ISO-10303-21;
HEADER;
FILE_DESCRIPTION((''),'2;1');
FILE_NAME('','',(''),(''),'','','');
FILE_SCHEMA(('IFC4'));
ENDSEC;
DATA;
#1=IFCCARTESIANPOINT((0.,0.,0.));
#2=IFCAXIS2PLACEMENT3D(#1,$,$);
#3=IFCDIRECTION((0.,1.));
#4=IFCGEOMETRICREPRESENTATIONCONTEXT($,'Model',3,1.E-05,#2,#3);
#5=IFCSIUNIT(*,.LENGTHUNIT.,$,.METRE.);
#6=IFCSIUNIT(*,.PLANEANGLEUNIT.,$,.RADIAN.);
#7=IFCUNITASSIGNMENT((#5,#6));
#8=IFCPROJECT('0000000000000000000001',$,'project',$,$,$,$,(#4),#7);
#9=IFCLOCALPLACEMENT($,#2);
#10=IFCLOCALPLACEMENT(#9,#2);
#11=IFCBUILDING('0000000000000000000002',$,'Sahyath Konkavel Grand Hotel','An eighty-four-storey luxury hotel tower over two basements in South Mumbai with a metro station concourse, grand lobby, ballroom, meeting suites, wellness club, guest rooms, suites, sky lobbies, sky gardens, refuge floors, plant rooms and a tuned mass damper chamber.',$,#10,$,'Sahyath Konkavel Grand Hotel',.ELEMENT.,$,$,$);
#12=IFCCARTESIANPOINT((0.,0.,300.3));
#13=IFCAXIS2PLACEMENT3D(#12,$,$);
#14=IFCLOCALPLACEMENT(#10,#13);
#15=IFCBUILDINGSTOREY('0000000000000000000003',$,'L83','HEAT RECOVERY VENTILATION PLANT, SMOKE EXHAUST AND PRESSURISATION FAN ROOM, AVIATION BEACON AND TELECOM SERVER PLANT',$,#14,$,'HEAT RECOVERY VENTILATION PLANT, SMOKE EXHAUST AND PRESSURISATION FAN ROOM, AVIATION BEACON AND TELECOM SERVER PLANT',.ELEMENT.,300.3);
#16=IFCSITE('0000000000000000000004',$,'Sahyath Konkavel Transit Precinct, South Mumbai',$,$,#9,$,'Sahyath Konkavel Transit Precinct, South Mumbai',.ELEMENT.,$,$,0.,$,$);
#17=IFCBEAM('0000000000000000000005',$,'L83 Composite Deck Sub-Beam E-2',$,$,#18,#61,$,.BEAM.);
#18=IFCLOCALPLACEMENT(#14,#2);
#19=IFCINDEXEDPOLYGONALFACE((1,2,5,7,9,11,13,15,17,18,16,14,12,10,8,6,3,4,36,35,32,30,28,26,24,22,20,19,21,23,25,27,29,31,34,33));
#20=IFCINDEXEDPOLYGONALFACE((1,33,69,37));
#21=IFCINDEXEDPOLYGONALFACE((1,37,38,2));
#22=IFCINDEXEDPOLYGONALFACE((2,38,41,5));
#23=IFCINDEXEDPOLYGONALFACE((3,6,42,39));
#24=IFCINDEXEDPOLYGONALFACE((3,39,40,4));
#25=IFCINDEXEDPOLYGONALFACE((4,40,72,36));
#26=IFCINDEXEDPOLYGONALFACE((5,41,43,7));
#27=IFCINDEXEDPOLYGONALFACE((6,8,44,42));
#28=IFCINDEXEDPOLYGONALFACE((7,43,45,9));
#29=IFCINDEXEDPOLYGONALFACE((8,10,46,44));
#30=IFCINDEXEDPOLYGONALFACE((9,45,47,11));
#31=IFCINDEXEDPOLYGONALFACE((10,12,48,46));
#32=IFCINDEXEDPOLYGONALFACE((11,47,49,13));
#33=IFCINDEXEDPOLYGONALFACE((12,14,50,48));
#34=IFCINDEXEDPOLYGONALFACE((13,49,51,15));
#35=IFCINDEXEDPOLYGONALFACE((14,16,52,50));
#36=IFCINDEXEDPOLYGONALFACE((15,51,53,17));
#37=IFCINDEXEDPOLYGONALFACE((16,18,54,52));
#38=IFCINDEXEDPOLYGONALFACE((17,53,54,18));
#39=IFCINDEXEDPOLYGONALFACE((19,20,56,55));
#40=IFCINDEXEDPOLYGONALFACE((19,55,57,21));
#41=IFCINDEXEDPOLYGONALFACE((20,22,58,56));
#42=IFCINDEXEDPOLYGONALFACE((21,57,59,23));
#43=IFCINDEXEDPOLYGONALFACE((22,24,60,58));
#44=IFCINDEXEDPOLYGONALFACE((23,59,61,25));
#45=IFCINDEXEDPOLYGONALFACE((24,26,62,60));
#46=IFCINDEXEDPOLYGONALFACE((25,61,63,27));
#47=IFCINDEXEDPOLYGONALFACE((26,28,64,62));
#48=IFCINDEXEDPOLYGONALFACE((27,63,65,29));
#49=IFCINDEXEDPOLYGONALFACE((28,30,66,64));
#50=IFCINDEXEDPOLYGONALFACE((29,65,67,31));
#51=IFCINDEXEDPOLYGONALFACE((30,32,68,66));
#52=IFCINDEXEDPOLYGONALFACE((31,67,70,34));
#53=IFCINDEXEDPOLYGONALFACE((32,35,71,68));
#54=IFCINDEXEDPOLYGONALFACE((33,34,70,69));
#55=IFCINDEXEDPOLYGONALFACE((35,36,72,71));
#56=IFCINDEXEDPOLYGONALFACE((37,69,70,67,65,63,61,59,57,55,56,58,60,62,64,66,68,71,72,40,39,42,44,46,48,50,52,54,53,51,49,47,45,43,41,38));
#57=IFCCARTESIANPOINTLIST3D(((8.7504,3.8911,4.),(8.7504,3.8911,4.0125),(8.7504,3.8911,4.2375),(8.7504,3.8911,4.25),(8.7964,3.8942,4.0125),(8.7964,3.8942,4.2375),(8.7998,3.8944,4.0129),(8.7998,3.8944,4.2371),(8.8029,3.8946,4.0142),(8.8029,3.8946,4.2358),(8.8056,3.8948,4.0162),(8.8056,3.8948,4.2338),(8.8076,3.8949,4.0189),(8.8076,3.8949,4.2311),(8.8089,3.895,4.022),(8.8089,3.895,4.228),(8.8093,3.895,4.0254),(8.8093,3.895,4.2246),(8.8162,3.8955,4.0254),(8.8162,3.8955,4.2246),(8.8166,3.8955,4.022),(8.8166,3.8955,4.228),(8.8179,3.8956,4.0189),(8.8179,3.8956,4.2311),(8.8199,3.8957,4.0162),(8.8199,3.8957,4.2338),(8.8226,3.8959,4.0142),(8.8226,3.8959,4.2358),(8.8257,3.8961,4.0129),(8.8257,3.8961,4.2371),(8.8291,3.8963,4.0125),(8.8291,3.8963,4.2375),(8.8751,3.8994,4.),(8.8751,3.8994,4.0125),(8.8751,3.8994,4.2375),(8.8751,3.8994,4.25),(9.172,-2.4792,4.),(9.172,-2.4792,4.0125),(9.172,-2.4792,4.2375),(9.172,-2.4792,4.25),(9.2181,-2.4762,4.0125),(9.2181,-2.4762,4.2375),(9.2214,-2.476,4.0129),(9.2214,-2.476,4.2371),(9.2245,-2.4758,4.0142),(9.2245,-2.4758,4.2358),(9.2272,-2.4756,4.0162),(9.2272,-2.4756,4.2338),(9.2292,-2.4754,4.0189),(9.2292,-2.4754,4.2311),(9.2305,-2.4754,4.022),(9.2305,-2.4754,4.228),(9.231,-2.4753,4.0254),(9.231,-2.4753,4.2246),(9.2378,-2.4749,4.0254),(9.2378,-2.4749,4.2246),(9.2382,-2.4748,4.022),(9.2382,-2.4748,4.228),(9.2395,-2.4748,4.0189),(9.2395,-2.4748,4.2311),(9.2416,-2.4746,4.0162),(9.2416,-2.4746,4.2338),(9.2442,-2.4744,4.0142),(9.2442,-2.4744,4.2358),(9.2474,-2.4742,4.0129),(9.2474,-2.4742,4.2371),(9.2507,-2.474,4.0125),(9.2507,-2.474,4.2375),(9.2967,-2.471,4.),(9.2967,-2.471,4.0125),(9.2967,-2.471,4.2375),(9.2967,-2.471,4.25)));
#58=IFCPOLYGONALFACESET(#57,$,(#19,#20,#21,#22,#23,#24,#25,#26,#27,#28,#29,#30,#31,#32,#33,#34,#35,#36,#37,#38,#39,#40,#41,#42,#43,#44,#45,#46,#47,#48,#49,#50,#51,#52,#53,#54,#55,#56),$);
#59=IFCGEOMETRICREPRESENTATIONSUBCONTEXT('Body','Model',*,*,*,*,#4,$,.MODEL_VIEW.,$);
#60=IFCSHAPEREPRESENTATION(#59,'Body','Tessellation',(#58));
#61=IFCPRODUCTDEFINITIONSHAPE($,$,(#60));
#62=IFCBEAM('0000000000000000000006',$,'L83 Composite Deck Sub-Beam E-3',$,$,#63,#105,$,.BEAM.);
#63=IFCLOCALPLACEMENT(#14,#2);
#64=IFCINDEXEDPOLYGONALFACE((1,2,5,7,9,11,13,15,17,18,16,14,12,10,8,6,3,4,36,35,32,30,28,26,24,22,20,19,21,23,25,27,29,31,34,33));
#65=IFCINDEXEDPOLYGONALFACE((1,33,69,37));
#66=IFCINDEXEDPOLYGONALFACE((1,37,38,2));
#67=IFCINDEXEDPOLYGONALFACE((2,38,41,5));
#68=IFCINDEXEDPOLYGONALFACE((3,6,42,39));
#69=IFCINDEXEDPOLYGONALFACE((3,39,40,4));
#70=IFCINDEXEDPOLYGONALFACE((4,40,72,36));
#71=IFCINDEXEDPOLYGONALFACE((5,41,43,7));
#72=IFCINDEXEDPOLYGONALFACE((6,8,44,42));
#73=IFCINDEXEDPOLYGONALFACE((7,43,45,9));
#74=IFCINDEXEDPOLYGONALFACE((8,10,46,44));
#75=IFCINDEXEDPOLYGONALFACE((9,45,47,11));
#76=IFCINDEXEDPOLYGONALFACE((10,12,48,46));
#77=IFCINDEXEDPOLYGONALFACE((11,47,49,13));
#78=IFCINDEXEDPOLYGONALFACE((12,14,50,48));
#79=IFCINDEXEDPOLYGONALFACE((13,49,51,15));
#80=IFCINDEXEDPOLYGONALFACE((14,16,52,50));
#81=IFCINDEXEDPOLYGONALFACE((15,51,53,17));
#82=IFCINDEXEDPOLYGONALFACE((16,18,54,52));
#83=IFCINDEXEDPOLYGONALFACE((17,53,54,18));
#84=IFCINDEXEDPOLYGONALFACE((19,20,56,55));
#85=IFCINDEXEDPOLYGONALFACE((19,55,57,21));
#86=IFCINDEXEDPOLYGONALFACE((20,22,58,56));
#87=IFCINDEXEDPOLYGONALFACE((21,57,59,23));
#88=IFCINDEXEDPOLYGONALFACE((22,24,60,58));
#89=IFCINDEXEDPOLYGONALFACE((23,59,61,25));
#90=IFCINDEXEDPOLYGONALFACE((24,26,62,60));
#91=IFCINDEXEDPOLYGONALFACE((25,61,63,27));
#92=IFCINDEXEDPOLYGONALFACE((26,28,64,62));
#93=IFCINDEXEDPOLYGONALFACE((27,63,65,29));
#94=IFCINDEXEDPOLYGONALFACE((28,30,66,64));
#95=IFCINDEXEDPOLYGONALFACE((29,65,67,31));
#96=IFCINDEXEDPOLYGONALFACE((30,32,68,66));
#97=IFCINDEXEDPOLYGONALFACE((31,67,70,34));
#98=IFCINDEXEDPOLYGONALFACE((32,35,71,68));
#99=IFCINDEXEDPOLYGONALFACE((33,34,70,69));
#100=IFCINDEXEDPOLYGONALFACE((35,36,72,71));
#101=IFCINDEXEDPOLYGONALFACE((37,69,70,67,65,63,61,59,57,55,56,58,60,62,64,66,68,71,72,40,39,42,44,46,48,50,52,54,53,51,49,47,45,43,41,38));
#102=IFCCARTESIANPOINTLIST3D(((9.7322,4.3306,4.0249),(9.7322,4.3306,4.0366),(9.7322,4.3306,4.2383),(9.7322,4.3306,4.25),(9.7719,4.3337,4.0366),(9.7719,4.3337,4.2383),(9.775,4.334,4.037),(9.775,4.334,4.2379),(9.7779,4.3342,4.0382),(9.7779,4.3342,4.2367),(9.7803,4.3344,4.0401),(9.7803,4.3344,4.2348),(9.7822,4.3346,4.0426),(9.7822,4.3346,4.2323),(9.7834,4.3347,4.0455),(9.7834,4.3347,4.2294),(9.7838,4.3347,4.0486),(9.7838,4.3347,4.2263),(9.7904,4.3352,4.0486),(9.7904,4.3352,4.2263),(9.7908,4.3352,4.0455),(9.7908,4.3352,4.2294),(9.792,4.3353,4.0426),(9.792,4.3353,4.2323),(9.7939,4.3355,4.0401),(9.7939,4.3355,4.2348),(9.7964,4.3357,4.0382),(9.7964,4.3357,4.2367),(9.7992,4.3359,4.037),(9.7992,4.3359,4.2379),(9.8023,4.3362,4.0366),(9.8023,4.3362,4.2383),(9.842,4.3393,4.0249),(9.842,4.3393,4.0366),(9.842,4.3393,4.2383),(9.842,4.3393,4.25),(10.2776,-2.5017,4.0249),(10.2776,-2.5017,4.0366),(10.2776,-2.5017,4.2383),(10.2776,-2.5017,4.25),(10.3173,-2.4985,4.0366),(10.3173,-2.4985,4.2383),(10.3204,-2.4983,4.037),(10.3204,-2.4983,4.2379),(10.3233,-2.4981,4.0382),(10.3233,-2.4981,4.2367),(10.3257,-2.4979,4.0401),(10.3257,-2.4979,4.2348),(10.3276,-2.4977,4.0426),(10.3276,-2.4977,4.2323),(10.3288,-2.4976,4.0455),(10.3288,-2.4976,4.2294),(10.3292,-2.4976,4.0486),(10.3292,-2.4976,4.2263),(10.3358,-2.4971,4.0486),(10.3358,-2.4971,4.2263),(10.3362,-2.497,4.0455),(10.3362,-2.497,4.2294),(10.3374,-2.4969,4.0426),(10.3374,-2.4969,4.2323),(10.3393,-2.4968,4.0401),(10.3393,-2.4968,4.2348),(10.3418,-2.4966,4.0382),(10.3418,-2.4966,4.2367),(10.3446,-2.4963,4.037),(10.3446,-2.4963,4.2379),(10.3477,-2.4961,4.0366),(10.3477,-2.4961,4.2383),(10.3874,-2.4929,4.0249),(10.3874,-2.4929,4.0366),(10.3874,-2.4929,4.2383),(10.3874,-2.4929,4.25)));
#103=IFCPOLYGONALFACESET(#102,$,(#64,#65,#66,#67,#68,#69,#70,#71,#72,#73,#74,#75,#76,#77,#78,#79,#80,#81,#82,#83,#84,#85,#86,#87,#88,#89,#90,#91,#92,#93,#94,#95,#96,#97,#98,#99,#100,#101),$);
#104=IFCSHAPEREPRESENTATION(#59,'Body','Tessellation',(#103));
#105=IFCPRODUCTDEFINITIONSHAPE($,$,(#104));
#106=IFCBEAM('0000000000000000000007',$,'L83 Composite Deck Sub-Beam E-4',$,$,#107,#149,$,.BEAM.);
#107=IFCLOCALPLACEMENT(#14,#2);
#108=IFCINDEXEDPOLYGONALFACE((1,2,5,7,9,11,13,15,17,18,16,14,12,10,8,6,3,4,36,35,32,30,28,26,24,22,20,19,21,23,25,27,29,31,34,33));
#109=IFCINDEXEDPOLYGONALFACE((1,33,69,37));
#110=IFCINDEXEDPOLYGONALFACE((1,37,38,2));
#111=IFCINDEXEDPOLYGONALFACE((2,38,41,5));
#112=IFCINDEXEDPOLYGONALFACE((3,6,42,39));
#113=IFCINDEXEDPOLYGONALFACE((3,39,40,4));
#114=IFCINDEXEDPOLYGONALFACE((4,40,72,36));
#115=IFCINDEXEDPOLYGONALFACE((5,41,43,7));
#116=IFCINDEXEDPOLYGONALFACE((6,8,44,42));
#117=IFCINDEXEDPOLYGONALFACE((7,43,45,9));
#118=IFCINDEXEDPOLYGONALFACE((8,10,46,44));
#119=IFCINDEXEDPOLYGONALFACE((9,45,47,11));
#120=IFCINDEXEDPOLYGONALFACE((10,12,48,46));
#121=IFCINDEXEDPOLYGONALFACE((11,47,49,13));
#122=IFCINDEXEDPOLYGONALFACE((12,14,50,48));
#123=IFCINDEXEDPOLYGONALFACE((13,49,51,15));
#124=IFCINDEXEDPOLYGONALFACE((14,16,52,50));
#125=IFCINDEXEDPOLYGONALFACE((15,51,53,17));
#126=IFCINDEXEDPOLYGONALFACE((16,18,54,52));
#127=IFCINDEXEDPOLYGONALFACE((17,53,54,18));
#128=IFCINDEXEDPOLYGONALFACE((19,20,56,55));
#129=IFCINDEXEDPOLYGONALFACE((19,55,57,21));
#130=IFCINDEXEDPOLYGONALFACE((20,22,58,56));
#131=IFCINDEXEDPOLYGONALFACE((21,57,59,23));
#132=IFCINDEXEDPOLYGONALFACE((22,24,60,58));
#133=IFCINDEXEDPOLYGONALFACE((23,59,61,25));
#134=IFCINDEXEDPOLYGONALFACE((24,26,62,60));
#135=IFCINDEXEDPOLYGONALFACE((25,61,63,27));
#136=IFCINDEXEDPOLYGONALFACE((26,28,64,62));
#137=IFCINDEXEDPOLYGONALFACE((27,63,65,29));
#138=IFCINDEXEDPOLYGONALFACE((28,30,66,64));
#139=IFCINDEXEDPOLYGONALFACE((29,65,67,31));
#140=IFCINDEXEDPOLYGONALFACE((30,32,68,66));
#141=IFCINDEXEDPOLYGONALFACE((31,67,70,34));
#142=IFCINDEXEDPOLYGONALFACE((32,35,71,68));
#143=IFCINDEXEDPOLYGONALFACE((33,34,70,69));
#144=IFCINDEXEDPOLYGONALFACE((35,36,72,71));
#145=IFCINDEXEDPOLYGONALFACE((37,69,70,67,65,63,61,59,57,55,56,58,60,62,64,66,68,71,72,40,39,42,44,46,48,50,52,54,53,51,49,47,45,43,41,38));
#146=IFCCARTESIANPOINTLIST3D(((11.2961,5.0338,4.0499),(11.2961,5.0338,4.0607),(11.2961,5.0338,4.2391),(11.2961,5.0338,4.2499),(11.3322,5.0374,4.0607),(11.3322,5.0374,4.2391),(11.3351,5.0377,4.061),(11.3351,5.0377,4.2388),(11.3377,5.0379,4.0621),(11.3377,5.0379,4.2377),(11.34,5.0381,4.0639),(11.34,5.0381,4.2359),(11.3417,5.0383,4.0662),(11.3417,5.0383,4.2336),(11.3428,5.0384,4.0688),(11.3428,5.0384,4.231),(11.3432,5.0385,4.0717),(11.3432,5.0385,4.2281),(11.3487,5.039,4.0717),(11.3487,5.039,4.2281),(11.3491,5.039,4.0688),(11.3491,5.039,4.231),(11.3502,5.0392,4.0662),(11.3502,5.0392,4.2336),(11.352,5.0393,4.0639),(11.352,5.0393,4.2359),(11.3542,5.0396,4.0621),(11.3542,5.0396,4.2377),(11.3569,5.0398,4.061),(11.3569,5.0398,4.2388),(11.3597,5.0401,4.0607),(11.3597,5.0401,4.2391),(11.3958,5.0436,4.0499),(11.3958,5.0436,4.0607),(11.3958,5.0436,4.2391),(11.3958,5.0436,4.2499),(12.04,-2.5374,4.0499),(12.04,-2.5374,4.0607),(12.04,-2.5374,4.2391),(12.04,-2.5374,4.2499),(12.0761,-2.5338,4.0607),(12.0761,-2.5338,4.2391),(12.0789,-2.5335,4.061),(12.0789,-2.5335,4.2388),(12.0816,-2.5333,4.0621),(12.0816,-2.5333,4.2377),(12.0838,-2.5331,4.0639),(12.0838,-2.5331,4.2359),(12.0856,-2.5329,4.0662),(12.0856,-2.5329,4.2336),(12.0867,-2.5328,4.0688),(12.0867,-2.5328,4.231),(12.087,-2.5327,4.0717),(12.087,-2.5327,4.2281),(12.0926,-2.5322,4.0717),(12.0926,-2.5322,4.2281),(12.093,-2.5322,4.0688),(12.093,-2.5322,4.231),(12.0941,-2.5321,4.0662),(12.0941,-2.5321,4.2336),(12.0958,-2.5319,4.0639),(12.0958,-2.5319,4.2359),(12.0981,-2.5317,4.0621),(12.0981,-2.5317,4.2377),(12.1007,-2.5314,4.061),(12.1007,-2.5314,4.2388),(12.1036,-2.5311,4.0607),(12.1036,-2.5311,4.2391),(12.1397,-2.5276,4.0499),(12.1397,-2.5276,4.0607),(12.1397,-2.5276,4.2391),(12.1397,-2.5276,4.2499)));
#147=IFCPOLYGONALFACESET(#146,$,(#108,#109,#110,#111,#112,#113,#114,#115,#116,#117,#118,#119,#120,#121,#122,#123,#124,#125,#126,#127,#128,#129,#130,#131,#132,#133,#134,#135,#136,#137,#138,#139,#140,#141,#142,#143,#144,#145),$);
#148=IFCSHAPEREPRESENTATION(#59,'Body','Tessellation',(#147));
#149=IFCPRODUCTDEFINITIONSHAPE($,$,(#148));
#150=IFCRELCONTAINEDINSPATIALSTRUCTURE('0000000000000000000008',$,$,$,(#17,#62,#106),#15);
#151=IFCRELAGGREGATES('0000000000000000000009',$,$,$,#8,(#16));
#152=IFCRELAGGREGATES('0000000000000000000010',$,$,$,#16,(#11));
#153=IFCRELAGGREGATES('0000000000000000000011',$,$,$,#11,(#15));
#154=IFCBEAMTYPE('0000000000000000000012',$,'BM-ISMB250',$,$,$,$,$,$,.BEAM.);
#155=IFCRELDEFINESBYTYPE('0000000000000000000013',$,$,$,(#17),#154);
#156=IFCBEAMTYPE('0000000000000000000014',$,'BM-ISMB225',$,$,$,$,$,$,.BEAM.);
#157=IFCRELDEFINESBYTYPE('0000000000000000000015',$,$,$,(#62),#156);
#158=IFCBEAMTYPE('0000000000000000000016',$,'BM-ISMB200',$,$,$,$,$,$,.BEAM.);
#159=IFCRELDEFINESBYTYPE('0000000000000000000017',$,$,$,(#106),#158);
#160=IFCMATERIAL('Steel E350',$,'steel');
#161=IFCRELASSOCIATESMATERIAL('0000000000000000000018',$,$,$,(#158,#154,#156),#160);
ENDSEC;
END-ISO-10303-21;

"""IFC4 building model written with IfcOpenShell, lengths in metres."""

from ifc_helpers import new_model, si_unit, direction, frame, origin, origin_2d, place, context, subcontext, project, spatial, i_section, extrude, source, transform, mapped, material, material_profile, profile_set, type_object, element, save


model = new_model("IFC4")

# Units and contexts
model_context = context("Model", 3, precision=1e-05, world=origin(), true_north=direction((0.0, 1.0)))
body_context = subcontext(model_context, "Body", "Model", "MODEL_VIEW")
ifc_project = project(units=[si_unit("LENGTHUNIT", "METRE"), si_unit("PLANEANGLEUNIT", "RADIAN")], contexts=[model_context])

# Site, building, storey
site_placement = place(None, origin())
site = spatial("IfcSite", under=ifc_project, at=site_placement, Name="Sahyath Konkavel Transit Precinct, South Mumbai", LongName="Sahyath Konkavel Transit Precinct, South Mumbai", CompositionType="ELEMENT", RefElevation=0.0)
building_placement = place(site_placement, origin())
building = spatial("IfcBuilding", under=site, at=building_placement, Name="Sahyath Konkavel Grand Hotel", Description="An eighty-four-storey luxury hotel tower over two basements in South Mumbai with a metro station concourse, grand lobby, ballroom, meeting suites, wellness club, guest rooms, suites, sky lobbies, sky gardens, refuge floors, plant rooms and a tuned mass damper chamber.", LongName="Sahyath Konkavel Grand Hotel", CompositionType="ELEMENT")
storey_placement = place(building_placement, frame((0.0, 0.0, 300.3)))
storey = spatial("IfcBuildingStorey", under=building, at=storey_placement, Name="L83", Description="HEAT RECOVERY VENTILATION PLANT, SMOKE EXHAUST AND PRESSURISATION FAN ROOM, AVIATION BEACON AND TELECOM SERVER PLANT", LongName="HEAT RECOVERY VENTILATION PLANT, SMOKE EXHAUST AND PRESSURISATION FAN ROOM, AVIATION BEACON AND TELECOM SERVER PLANT", CompositionType="ELEMENT", Elevation=300.3)

# Shared definitions
ifc_material_1 = material(Name="Steel E350", Category="steel")

# Beams
ifc_material_profile_1 = material_profile(ifc_material_1, i_section(OverallWidth=0.1001, OverallDepth=0.2, WebThickness=0.0056, FlangeThickness=0.0107, FilletRadius=0.011, at=origin_2d()), Name="ISMB 200")
ifc_profile_set_1 = profile_set([ifc_material_profile_1], Name="Steel E350")
beam_type_1 = type_object("IfcBeamType", Name="BM-ISMB200", PredefinedType="BEAM", material=ifc_profile_set_1)
ifc_material_profile_2 = material_profile(ifc_material_1, i_section(OverallWidth=0.125, OverallDepth=0.25, WebThickness=0.0068, FlangeThickness=0.0125, FilletRadius=0.0129, at=origin_2d()), Name="ISMB 250")
ifc_profile_set_2 = profile_set([ifc_material_profile_2], Name="Steel E350")
beam_type_2 = type_object("IfcBeamType", Name="BM-ISMB250", PredefinedType="BEAM", material=ifc_profile_set_2)
shared_shape_1 = source(origin(), body_context, "Body", "SweptSolid", [
    extrude(i_section(OverallWidth=0.125, OverallDepth=0.25, WebThickness=0.0068, FlangeThickness=0.0125, FilletRadius=0.0129, at=origin_2d()), origin(), (0.0, 0.0, 1.0), 6.3843),
])
beam_1_placement = place(storey_placement, frame((9.2344, -2.4751, 4.125), z_axis=(-0.066042, 0.997817, 0.0), x_axis=(-0.997817, -0.066042, 0.0)))
element("IfcBeam", 1, at=beam_1_placement, inside=storey, type_object=beam_type_2, Name="L83 Composite Deck Sub-Beam E-2", PredefinedType="BEAM", context=body_context, shape_type="MappedRepresentation", body=[
    mapped(shared_shape_1, transform((0.0, 0.0, 0.0), scale=1.0)),
])
ifc_material_profile_3 = material_profile(ifc_material_1, i_section(OverallWidth=0.1101, OverallDepth=0.2251, WebThickness=0.0066, FlangeThickness=0.0117, FilletRadius=0.012, at=origin_2d()), Name="ISMB 225")
ifc_profile_set_3 = profile_set([ifc_material_profile_3], Name="Steel E350")
beam_type_3 = type_object("IfcBeamType", Name="BM-ISMB225", PredefinedType="BEAM", material=ifc_profile_set_3)
shared_shape_2 = source(origin(), body_context, "Body", "SweptSolid", [
    extrude(i_section(OverallWidth=0.1101, OverallDepth=0.2251, WebThickness=0.0066, FlangeThickness=0.0117, FilletRadius=0.012, at=origin_2d()), origin(), (0.0, 0.0, 1.0), 6.854),
])
beam_2_placement = place(storey_placement, frame((10.3325, -2.4973, 4.1375), z_axis=(-0.079575, 0.996829, 0.0), x_axis=(-0.996829, -0.079575, 0.0)))
element("IfcBeam", 2, at=beam_2_placement, inside=storey, type_object=beam_type_3, Name="L83 Composite Deck Sub-Beam E-3", PredefinedType="BEAM", context=body_context, shape_type="MappedRepresentation", body=[
    mapped(shared_shape_2, transform((0.0, 0.0, 0.0), scale=1.0)),
])
shared_shape_3 = source(origin(), body_context, "Body", "SweptSolid", [
    extrude(i_section(OverallWidth=0.1001, OverallDepth=0.2, WebThickness=0.0056, FlangeThickness=0.0107, FilletRadius=0.011, at=origin_2d()), origin(), (0.0, 0.0, 1.0), 7.6077),
])
beam_3_placement = place(storey_placement, frame((12.0898, -2.5325, 4.1499), z_axis=(-0.097781, 0.995208, 0.0), x_axis=(-0.995208, -0.097781, 0.0)))
element("IfcBeam", 3, at=beam_3_placement, inside=storey, type_object=beam_type_1, Name="L83 Composite Deck Sub-Beam E-4", PredefinedType="BEAM", context=body_context, shape_type="MappedRepresentation", body=[
    mapped(shared_shape_3, transform((0.0, 0.0, 0.0), scale=1.0)),
])

save(model, "model.ifc")
